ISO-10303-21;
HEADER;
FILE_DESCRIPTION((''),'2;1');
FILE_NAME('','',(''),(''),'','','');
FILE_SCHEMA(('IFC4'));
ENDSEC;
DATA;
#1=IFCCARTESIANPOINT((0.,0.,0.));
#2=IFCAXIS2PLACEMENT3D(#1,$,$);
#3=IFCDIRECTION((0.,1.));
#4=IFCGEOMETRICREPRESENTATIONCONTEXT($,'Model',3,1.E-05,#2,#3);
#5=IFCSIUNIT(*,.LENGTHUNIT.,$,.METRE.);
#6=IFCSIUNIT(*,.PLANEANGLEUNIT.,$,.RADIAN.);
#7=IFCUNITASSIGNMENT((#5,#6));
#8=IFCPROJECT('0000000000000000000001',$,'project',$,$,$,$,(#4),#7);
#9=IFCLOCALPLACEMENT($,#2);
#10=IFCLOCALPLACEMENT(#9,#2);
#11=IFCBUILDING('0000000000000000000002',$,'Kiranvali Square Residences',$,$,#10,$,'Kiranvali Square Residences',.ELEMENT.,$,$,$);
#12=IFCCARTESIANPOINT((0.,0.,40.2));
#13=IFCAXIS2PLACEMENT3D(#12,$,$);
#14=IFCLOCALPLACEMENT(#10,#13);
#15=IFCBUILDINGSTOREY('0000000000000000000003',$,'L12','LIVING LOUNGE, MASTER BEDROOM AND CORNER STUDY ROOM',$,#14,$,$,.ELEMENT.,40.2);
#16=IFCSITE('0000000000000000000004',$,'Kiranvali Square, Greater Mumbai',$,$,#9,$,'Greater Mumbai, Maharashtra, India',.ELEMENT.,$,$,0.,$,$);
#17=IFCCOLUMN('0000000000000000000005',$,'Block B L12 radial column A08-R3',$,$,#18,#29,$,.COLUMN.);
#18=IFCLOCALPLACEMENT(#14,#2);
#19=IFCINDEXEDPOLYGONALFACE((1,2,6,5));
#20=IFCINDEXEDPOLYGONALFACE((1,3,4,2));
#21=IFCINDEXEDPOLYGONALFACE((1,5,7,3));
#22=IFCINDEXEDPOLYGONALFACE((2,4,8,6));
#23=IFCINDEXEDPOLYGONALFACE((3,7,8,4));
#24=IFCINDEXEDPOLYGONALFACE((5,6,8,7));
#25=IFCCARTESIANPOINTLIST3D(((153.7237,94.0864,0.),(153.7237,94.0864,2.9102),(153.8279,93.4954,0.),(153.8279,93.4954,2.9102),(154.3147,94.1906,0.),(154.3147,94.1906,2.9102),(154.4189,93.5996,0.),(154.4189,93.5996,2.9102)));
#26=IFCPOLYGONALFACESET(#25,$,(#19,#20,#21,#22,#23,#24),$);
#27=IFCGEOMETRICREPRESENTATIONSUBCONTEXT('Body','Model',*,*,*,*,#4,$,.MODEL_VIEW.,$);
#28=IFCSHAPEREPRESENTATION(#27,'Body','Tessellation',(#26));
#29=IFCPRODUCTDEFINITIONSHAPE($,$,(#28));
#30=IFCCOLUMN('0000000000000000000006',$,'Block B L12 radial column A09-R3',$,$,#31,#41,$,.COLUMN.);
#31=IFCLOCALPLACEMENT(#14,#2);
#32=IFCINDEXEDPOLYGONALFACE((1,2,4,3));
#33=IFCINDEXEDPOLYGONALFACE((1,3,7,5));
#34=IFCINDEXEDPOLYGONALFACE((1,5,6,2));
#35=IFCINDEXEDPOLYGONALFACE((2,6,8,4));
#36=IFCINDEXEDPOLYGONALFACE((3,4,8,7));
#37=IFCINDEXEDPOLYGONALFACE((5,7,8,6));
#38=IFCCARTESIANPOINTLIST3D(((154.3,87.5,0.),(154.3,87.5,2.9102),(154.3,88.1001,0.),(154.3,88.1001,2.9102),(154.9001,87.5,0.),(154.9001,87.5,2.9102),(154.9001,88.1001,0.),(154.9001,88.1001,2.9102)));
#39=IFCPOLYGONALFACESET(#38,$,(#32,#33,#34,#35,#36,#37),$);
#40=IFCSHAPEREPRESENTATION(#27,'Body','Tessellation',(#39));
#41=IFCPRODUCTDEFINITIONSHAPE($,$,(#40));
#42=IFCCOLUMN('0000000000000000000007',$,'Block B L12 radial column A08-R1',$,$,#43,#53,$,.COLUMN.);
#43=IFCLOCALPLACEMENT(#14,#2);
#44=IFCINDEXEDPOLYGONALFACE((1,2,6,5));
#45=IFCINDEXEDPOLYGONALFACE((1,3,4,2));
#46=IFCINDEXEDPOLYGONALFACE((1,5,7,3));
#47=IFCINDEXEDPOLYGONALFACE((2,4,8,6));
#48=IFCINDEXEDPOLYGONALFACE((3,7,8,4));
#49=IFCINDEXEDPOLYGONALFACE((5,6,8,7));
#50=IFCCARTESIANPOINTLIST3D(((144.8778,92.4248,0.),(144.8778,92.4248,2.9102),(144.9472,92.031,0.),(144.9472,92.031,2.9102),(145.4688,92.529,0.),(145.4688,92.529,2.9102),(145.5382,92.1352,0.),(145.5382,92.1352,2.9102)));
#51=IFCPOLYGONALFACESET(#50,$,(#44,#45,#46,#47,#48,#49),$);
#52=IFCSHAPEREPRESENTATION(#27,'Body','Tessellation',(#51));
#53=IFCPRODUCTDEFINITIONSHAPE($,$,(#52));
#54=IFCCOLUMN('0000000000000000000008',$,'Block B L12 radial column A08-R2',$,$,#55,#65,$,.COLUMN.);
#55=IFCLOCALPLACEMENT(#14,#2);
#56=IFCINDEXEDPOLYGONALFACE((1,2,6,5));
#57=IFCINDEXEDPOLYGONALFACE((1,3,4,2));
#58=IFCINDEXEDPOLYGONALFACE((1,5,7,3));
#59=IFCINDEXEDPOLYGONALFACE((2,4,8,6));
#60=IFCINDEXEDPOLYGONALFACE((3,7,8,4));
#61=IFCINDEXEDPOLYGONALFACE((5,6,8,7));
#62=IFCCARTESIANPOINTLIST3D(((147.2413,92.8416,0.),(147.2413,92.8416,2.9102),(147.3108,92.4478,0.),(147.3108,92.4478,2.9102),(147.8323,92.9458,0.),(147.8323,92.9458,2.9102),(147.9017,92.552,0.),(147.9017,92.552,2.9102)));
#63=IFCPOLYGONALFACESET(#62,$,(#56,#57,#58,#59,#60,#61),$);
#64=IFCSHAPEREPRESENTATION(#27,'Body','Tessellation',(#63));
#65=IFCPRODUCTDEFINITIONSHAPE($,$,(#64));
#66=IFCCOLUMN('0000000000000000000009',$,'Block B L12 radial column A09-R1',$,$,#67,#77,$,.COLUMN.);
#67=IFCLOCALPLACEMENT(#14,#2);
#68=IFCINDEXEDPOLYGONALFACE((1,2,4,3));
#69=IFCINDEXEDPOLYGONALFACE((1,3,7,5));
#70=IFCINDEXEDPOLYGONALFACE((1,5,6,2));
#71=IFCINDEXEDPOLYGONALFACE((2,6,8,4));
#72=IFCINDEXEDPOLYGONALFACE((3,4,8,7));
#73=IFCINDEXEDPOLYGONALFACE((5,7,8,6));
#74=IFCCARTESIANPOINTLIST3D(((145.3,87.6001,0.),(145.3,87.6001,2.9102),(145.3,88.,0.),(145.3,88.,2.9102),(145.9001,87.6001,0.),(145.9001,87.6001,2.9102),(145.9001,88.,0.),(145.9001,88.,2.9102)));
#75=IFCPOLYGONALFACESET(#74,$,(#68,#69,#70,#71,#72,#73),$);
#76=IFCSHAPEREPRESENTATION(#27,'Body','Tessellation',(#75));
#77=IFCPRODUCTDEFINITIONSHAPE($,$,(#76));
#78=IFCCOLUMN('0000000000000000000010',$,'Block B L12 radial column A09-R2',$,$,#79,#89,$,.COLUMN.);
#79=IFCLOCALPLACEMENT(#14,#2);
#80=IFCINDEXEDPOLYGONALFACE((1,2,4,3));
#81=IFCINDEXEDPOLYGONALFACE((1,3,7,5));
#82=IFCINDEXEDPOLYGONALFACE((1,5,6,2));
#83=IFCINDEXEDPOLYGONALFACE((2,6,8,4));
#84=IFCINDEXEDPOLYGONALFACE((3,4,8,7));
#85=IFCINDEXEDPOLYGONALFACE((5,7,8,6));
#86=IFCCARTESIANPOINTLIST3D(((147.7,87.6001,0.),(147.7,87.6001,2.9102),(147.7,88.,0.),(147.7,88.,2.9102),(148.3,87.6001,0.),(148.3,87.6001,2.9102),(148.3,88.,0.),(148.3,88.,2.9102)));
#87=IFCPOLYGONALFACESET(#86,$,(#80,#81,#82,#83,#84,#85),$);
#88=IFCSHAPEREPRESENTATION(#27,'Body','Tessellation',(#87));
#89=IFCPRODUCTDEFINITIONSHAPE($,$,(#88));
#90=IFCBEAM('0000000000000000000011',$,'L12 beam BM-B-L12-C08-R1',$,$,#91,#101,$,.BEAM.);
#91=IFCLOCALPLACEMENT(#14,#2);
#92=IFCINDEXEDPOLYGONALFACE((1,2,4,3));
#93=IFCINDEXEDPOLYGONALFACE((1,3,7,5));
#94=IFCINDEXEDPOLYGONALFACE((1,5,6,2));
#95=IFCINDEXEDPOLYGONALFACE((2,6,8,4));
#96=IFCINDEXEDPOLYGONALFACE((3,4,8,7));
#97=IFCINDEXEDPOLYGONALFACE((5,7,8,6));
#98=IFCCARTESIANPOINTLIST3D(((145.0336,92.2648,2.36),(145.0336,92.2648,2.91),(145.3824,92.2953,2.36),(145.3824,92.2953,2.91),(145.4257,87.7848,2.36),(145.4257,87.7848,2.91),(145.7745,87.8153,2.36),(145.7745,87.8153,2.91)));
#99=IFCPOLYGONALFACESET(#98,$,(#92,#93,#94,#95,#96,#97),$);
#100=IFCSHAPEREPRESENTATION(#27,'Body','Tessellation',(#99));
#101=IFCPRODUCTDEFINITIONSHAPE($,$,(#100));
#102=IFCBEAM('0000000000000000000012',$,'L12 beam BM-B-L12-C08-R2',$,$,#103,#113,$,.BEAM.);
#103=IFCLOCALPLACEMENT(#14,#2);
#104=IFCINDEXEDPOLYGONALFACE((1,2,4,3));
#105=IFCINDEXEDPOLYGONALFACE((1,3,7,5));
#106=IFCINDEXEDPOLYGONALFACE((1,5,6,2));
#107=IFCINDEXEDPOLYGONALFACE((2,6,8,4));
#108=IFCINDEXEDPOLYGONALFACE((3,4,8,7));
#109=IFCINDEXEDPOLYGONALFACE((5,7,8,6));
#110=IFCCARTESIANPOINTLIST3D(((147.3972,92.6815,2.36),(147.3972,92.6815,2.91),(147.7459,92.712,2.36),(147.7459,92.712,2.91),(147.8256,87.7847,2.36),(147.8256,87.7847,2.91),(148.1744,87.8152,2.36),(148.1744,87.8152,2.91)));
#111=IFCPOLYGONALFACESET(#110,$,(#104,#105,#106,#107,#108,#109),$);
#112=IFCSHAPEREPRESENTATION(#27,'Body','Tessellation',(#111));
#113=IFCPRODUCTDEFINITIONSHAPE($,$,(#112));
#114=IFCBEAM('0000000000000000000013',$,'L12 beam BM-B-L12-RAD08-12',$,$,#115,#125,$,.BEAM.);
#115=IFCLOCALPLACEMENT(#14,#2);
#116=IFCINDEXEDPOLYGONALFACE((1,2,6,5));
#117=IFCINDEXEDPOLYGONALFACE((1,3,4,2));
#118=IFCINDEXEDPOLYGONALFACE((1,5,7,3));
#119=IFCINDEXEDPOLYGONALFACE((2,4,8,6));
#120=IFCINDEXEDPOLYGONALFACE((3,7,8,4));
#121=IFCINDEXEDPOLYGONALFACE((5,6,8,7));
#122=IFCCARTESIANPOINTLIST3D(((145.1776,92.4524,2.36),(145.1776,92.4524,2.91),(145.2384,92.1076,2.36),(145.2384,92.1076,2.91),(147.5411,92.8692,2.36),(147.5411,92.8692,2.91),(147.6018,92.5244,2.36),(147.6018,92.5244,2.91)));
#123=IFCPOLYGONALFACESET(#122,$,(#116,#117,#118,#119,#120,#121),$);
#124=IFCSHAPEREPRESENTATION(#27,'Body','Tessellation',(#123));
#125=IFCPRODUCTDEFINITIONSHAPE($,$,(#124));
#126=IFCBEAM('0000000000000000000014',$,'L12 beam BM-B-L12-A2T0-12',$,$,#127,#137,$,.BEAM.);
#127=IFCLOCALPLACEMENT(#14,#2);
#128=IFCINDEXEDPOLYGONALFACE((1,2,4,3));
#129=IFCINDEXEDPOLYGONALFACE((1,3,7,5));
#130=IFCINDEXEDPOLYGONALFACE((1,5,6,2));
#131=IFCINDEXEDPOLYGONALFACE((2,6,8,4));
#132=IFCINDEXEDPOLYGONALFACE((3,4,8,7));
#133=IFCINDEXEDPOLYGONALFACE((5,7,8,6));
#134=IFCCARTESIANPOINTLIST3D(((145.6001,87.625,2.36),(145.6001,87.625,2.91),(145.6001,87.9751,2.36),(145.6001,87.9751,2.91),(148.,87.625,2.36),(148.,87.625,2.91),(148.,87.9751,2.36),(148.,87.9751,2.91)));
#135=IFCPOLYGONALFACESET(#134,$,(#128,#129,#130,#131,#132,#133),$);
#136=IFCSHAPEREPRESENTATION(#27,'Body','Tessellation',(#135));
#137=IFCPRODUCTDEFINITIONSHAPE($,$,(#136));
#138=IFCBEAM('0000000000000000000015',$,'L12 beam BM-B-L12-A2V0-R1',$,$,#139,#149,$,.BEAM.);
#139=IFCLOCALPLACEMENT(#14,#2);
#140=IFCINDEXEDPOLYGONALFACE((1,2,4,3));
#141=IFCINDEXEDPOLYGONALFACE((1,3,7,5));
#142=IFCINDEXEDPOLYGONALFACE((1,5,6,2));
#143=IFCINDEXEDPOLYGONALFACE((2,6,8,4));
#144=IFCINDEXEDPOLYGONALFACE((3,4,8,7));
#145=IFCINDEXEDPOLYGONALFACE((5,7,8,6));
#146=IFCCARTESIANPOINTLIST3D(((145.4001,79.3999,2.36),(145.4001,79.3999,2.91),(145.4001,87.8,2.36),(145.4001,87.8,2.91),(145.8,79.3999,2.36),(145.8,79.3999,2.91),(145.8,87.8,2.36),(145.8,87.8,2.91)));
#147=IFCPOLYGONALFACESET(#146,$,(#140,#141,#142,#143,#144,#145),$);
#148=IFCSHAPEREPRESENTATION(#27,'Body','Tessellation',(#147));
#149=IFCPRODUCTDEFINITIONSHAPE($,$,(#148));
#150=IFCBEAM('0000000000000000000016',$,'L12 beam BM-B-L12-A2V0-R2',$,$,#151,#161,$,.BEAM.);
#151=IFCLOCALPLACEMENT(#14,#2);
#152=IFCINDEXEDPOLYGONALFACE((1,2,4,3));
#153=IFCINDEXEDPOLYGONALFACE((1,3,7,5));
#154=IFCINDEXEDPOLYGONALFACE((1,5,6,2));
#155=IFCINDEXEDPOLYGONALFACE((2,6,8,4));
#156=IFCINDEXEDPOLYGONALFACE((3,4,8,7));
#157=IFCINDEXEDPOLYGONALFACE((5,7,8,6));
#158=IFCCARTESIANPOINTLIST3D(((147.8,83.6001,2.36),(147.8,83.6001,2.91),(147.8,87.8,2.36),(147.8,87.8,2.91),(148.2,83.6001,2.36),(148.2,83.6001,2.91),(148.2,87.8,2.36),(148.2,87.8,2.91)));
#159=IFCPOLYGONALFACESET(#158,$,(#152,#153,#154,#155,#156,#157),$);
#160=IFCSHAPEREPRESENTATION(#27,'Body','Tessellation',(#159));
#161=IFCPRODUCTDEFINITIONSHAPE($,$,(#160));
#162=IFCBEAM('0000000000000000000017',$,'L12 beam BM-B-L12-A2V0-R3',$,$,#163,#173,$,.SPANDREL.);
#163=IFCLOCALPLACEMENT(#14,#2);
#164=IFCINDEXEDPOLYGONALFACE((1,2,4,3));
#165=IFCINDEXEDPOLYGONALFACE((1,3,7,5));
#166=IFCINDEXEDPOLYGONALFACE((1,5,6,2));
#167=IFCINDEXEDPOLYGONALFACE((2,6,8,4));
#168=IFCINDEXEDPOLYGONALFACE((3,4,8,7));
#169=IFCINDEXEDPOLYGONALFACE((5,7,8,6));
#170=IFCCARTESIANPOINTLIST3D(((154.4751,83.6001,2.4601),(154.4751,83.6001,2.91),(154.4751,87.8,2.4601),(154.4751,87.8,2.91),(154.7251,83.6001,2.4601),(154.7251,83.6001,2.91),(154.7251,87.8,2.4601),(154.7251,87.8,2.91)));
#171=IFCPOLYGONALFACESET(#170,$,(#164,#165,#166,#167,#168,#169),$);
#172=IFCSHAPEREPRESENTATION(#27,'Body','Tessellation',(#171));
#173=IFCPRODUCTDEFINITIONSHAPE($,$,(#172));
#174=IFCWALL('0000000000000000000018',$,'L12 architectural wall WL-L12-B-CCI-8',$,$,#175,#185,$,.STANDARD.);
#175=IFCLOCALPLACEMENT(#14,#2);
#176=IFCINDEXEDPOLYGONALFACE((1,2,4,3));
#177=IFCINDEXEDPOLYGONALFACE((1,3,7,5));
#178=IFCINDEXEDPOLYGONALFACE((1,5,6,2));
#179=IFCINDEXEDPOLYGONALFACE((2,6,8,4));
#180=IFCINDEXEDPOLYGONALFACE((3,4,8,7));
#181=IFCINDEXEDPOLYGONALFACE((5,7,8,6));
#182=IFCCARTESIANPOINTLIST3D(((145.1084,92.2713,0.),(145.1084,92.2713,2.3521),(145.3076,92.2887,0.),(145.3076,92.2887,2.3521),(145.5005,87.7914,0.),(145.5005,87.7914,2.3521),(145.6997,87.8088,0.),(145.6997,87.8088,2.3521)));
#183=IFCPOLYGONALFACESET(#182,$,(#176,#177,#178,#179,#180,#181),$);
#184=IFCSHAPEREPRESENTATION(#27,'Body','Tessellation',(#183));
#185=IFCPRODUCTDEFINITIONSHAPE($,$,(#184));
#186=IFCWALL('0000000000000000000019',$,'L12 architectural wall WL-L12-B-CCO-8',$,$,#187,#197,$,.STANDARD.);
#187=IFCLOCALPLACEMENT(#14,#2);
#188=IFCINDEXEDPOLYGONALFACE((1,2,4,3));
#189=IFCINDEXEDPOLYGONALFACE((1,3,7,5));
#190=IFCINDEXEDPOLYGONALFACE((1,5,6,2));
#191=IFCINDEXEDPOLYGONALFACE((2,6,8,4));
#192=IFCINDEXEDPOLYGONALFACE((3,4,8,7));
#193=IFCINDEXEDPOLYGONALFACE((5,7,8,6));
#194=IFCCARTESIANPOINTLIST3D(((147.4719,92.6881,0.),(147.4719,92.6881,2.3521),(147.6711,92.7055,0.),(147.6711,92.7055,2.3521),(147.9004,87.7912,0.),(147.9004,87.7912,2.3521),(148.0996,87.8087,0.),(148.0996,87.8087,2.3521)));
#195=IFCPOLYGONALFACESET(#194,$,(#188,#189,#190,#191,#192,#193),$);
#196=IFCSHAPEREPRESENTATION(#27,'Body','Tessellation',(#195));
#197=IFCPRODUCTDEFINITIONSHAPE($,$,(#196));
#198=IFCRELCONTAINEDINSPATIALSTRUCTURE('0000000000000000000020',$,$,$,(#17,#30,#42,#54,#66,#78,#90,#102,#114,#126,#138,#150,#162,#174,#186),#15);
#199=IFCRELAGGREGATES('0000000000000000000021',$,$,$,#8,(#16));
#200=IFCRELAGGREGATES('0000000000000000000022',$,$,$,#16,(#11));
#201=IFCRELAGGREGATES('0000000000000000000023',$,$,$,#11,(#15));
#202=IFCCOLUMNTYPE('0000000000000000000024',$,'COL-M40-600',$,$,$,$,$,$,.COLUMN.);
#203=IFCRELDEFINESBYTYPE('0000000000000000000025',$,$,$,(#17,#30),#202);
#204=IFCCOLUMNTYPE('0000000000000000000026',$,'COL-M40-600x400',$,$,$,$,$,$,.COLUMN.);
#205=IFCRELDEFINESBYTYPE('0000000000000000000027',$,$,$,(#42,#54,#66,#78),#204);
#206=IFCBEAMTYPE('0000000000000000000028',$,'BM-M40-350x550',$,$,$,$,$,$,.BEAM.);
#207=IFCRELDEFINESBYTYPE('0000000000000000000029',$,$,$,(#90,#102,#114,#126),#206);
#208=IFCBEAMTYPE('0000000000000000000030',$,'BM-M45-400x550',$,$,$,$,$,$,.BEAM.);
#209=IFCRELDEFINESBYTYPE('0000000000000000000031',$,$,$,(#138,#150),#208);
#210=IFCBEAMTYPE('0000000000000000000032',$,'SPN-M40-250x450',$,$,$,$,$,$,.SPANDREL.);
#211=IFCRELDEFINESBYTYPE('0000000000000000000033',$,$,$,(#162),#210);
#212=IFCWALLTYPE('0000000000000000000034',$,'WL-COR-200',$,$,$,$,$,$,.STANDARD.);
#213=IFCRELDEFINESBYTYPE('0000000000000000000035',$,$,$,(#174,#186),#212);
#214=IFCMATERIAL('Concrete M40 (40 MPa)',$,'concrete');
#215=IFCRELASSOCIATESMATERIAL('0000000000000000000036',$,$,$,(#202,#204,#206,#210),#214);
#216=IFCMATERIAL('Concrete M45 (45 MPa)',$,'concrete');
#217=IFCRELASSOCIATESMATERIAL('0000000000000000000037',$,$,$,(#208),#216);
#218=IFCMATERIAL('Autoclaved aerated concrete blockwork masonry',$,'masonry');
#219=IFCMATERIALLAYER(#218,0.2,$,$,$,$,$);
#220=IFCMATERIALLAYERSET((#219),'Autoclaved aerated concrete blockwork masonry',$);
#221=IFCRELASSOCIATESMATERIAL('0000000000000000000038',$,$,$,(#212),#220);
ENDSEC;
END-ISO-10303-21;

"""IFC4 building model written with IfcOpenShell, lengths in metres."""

from ifc_helpers import new_model, si_unit, direction, frame, frame_2d, origin, origin_2d, place, context, subcontext, project, spatial, rectangle, extrude, material, layer, layer_set, material_profile, profile_set, type_object, element, save


model = new_model("IFC4")

# Units and contexts
model_context = context("Model", 3, precision=1e-05, world=origin(), true_north=direction((0.0, 1.0)))
body_context = subcontext(model_context, "Body", "Model", "MODEL_VIEW")
ifc_project = project(units=[si_unit("LENGTHUNIT", "METRE"), si_unit("PLANEANGLEUNIT", "RADIAN")], contexts=[model_context])

# Site, building, storey
site_placement = place(None, origin())
site = spatial("IfcSite", under=ifc_project, at=site_placement, Name="Kiranvali Square, Greater Mumbai", LongName="Greater Mumbai, Maharashtra, India", CompositionType="ELEMENT", RefElevation=0.0)
building_placement = place(site_placement, origin())
building = spatial("IfcBuilding", under=site, at=building_placement, Name="Kiranvali Square Residences", LongName="Kiranvali Square Residences", CompositionType="ELEMENT")
storey_placement = place(building_placement, frame((0.0, 0.0, 40.2)))
storey = spatial("IfcBuildingStorey", under=building, at=storey_placement, Name="L12", Description="LIVING LOUNGE, MASTER BEDROOM AND CORNER STUDY ROOM", CompositionType="ELEMENT", Elevation=40.2)

# Columns
ifc_material_1 = material(Name="Concrete M40 (40 MPa)", Category="concrete")
ifc_material_profile_1 = material_profile(ifc_material_1, rectangle(XDim=0.6001, YDim=0.6001, at=origin_2d()), Name="RC 600x600")
ifc_profile_set_1 = profile_set([ifc_material_profile_1], Name="Concrete M40 (40 MPa)")
column_type_1 = type_object("IfcColumnType", Name="COL-M40-600", PredefinedType="COLUMN", material=ifc_profile_set_1)
for number, where, z_axis, x_axis, name in (
    (1, (154.0713, 93.843, 0.0), (0.0, 0.0, 1.0), (-0.173648, 0.984808, 0.0), "Block B L12 radial column A08-R3"),
    (2, (154.6001, 87.8, 0.0), (0.0, 0.0, 1.0), (0.0, 1.0, 0.0), "Block B L12 radial column A09-R3"),
):
    element("IfcColumn", number, at=place(storey_placement, frame(where, z_axis=z_axis, x_axis=x_axis)), inside=storey, type_object=column_type_1, Name=name, PredefinedType="COLUMN", context=body_context, shape_type="SweptSolid", body=[
        extrude(rectangle(XDim=0.6001, YDim=0.6001, at=origin_2d()), origin(), (0.0, 0.0, 1.0), 2.9102),
    ])
ifc_material_profile_2 = material_profile(ifc_material_1, rectangle(XDim=0.3999, YDim=0.6001, at=origin_2d()), Name="RC 600x400")
ifc_profile_set_2 = profile_set([ifc_material_profile_2], Name="Concrete M40 (40 MPa)")
column_type_2 = type_object("IfcColumnType", Name="COL-M40-600x400", PredefinedType="COLUMN", material=ifc_profile_set_2)
for number, where, z_axis, x_axis, name in (
    (3, (145.208, 92.28, 0.0), (0.0, 0.0, 1.0), (-0.173648, 0.984808, 0.0), "Block B L12 radial column A08-R1"),
    (4, (147.5715, 92.6968, 0.0), (0.0, 0.0, 1.0), (-0.173648, 0.984808, 0.0), "Block B L12 radial column A08-R2"),
    (5, (145.6001, 87.8, 0.0), (0.0, 0.0, 1.0), (0.0, 1.0, 0.0), "Block B L12 radial column A09-R1"),
    (6, (148.0, 87.8, 0.0), (0.0, 0.0, 1.0), (0.0, 1.0, 0.0), "Block B L12 radial column A09-R2"),
):
    element("IfcColumn", number, at=place(storey_placement, frame(where, z_axis=z_axis, x_axis=x_axis)), inside=storey, type_object=column_type_2, Name=name, PredefinedType="COLUMN", context=body_context, shape_type="SweptSolid", body=[
        extrude(rectangle(XDim=0.3999, YDim=0.6001, at=origin_2d()), origin(), (0.0, 0.0, 1.0), 2.9102),
    ])

# Beams
ifc_material_profile_3 = material_profile(ifc_material_1, rectangle(XDim=0.3501, YDim=0.55, at=origin_2d()), Name="RC 350x550")
ifc_profile_set_3 = profile_set([ifc_material_profile_3], Name="Concrete M40 (40 MPa)")
beam_type_1 = type_object("IfcBeamType", Name="BM-M40-350x550", PredefinedType="BEAM", material=ifc_profile_set_3)
beam_1_placement = place(storey_placement, frame((145.208, 92.28, 2.635), z_axis=(0.087187, -0.996192, 0.0), x_axis=(0.996192, 0.087187, 0.0)))
element("IfcBeam", 7, at=beam_1_placement, inside=storey, type_object=beam_type_1, Name="L12 beam BM-B-L12-C08-R1", PredefinedType="BEAM", context=body_context, shape_type="SweptSolid", body=[
    extrude(rectangle(XDim=0.3501, YDim=0.55, at=origin_2d()), origin(), (0.0, 0.0, 1.0), 4.4971),
])
beam_2_placement = place(storey_placement, frame((147.5715, 92.6968, 2.635), z_axis=(0.087168, -0.996194, 0.0), x_axis=(0.996194, 0.087168, 0.0)))
element("IfcBeam", 8, at=beam_2_placement, inside=storey, type_object=beam_type_1, Name="L12 beam BM-B-L12-C08-R2", PredefinedType="BEAM", context=body_context, shape_type="SweptSolid", body=[
    extrude(rectangle(XDim=0.3501, YDim=0.55, at=origin_2d()), origin(), (0.0, 0.0, 1.0), 4.9155),
])
for number, where, z_axis, x_axis, name in (
    (9, (145.208, 92.28, 2.635), (0.984808, 0.173646, 0.0), (-0.173646, 0.984808, 0.0), "L12 beam BM-B-L12-RAD08-12"),
    (10, (145.6001, 87.8, 2.635), (1.0, 0.0, 0.0), (0.0, 1.0, 0.0), "L12 beam BM-B-L12-A2T0-12"),
):
    element("IfcBeam", number, at=place(storey_placement, frame(where, z_axis=z_axis, x_axis=x_axis)), inside=storey, type_object=beam_type_1, Name=name, PredefinedType="BEAM", context=body_context, shape_type="SweptSolid", body=[
        extrude(rectangle(XDim=0.3501, YDim=0.55, at=origin_2d()), origin(), (0.0, 0.0, 1.0), 2.3999),
    ])
ifc_material_2 = material(Name="Concrete M45 (45 MPa)", Category="concrete")
ifc_material_profile_4 = material_profile(ifc_material_2, rectangle(XDim=0.3999, YDim=0.55, at=origin_2d()), Name="RC 400x550")
ifc_profile_set_4 = profile_set([ifc_material_profile_4], Name="Concrete M45 (45 MPa)")
beam_type_2 = type_object("IfcBeamType", Name="BM-M45-400x550", PredefinedType="BEAM", material=ifc_profile_set_4)
beam_3_placement = place(storey_placement, frame((145.6001, 87.8, 2.635), z_axis=(0.0, -1.0, 0.0), x_axis=(1.0, 0.0, 0.0)))
element("IfcBeam", 11, at=beam_3_placement, inside=storey, type_object=beam_type_2, Name="L12 beam BM-B-L12-A2V0-R1", PredefinedType="BEAM", context=body_context, shape_type="SweptSolid", body=[
    extrude(rectangle(XDim=0.3999, YDim=0.55, at=origin_2d()), origin(), (0.0, 0.0, 1.0), 8.4001),
])
beam_4_placement = place(storey_placement, frame((148.0, 87.8, 2.635), z_axis=(0.0, -1.0, 0.0), x_axis=(1.0, 0.0, 0.0)))
element("IfcBeam", 12, at=beam_4_placement, inside=storey, type_object=beam_type_2, Name="L12 beam BM-B-L12-A2V0-R2", PredefinedType="BEAM", context=body_context, shape_type="SweptSolid", body=[
    extrude(rectangle(XDim=0.3999, YDim=0.55, at=origin_2d()), origin(), (0.0, 0.0, 1.0), 4.2),
])
ifc_material_profile_5 = material_profile(ifc_material_1, rectangle(XDim=0.25, YDim=0.45, at=origin_2d()), Name="RC 250x450")
ifc_profile_set_5 = profile_set([ifc_material_profile_5], Name="Concrete M40 (40 MPa)")
beam_type_3 = type_object("IfcBeamType", Name="SPN-M40-250x450", PredefinedType="SPANDREL", material=ifc_profile_set_5)
beam_5_placement = place(storey_placement, frame((154.6001, 87.8, 2.6851), z_axis=(0.0, -1.0, 0.0), x_axis=(1.0, 0.0, 0.0)))
element("IfcBeam", 13, at=beam_5_placement, inside=storey, type_object=beam_type_3, Name="L12 beam BM-B-L12-A2V0-R3", PredefinedType="SPANDREL", context=body_context, shape_type="SweptSolid", body=[
    extrude(rectangle(XDim=0.25, YDim=0.45, at=origin_2d()), origin(), (0.0, 0.0, 1.0), 4.2),
])

# Walls
ifc_material_3 = material(Name="Autoclaved aerated concrete blockwork masonry", Category="masonry")
ifc_layer_1 = layer(ifc_material_3, 0.2)
ifc_layer_set_1 = layer_set([ifc_layer_1], Name="Autoclaved aerated concrete blockwork masonry")
wall_type_1 = type_object("IfcWallType", Name="WL-COR-200", PredefinedType="STANDARD", material=ifc_layer_set_1)
wall_1_placement = place(storey_placement, frame((145.208, 92.28, 0.0), z_axis=(0.0, 0.0, 1.0), x_axis=(0.087187, -0.996192, 0.0)))
element("IfcWall", 14, at=wall_1_placement, inside=storey, type_object=wall_type_1, Name="L12 architectural wall WL-L12-B-CCI-8", PredefinedType="STANDARD", context=body_context, shape_type="SweptSolid", body=[
    extrude(rectangle(XDim=4.4971, YDim=0.2, at=frame_2d((2.2485, 0.0))), origin(), (0.0, 0.0, 1.0), 2.3521),
])
wall_2_placement = place(storey_placement, frame((147.5715, 92.6968, 0.0), z_axis=(0.0, 0.0, 1.0), x_axis=(0.087168, -0.996194, 0.0)))
element("IfcWall", 15, at=wall_2_placement, inside=storey, type_object=wall_type_1, Name="L12 architectural wall WL-L12-B-CCO-8", PredefinedType="STANDARD", context=body_context, shape_type="SweptSolid", body=[
    extrude(rectangle(XDim=4.9155, YDim=0.2, at=frame_2d((2.4578, 0.0))), origin(), (0.0, 0.0, 1.0), 2.3521),
])

save(model, "model.ifc")
